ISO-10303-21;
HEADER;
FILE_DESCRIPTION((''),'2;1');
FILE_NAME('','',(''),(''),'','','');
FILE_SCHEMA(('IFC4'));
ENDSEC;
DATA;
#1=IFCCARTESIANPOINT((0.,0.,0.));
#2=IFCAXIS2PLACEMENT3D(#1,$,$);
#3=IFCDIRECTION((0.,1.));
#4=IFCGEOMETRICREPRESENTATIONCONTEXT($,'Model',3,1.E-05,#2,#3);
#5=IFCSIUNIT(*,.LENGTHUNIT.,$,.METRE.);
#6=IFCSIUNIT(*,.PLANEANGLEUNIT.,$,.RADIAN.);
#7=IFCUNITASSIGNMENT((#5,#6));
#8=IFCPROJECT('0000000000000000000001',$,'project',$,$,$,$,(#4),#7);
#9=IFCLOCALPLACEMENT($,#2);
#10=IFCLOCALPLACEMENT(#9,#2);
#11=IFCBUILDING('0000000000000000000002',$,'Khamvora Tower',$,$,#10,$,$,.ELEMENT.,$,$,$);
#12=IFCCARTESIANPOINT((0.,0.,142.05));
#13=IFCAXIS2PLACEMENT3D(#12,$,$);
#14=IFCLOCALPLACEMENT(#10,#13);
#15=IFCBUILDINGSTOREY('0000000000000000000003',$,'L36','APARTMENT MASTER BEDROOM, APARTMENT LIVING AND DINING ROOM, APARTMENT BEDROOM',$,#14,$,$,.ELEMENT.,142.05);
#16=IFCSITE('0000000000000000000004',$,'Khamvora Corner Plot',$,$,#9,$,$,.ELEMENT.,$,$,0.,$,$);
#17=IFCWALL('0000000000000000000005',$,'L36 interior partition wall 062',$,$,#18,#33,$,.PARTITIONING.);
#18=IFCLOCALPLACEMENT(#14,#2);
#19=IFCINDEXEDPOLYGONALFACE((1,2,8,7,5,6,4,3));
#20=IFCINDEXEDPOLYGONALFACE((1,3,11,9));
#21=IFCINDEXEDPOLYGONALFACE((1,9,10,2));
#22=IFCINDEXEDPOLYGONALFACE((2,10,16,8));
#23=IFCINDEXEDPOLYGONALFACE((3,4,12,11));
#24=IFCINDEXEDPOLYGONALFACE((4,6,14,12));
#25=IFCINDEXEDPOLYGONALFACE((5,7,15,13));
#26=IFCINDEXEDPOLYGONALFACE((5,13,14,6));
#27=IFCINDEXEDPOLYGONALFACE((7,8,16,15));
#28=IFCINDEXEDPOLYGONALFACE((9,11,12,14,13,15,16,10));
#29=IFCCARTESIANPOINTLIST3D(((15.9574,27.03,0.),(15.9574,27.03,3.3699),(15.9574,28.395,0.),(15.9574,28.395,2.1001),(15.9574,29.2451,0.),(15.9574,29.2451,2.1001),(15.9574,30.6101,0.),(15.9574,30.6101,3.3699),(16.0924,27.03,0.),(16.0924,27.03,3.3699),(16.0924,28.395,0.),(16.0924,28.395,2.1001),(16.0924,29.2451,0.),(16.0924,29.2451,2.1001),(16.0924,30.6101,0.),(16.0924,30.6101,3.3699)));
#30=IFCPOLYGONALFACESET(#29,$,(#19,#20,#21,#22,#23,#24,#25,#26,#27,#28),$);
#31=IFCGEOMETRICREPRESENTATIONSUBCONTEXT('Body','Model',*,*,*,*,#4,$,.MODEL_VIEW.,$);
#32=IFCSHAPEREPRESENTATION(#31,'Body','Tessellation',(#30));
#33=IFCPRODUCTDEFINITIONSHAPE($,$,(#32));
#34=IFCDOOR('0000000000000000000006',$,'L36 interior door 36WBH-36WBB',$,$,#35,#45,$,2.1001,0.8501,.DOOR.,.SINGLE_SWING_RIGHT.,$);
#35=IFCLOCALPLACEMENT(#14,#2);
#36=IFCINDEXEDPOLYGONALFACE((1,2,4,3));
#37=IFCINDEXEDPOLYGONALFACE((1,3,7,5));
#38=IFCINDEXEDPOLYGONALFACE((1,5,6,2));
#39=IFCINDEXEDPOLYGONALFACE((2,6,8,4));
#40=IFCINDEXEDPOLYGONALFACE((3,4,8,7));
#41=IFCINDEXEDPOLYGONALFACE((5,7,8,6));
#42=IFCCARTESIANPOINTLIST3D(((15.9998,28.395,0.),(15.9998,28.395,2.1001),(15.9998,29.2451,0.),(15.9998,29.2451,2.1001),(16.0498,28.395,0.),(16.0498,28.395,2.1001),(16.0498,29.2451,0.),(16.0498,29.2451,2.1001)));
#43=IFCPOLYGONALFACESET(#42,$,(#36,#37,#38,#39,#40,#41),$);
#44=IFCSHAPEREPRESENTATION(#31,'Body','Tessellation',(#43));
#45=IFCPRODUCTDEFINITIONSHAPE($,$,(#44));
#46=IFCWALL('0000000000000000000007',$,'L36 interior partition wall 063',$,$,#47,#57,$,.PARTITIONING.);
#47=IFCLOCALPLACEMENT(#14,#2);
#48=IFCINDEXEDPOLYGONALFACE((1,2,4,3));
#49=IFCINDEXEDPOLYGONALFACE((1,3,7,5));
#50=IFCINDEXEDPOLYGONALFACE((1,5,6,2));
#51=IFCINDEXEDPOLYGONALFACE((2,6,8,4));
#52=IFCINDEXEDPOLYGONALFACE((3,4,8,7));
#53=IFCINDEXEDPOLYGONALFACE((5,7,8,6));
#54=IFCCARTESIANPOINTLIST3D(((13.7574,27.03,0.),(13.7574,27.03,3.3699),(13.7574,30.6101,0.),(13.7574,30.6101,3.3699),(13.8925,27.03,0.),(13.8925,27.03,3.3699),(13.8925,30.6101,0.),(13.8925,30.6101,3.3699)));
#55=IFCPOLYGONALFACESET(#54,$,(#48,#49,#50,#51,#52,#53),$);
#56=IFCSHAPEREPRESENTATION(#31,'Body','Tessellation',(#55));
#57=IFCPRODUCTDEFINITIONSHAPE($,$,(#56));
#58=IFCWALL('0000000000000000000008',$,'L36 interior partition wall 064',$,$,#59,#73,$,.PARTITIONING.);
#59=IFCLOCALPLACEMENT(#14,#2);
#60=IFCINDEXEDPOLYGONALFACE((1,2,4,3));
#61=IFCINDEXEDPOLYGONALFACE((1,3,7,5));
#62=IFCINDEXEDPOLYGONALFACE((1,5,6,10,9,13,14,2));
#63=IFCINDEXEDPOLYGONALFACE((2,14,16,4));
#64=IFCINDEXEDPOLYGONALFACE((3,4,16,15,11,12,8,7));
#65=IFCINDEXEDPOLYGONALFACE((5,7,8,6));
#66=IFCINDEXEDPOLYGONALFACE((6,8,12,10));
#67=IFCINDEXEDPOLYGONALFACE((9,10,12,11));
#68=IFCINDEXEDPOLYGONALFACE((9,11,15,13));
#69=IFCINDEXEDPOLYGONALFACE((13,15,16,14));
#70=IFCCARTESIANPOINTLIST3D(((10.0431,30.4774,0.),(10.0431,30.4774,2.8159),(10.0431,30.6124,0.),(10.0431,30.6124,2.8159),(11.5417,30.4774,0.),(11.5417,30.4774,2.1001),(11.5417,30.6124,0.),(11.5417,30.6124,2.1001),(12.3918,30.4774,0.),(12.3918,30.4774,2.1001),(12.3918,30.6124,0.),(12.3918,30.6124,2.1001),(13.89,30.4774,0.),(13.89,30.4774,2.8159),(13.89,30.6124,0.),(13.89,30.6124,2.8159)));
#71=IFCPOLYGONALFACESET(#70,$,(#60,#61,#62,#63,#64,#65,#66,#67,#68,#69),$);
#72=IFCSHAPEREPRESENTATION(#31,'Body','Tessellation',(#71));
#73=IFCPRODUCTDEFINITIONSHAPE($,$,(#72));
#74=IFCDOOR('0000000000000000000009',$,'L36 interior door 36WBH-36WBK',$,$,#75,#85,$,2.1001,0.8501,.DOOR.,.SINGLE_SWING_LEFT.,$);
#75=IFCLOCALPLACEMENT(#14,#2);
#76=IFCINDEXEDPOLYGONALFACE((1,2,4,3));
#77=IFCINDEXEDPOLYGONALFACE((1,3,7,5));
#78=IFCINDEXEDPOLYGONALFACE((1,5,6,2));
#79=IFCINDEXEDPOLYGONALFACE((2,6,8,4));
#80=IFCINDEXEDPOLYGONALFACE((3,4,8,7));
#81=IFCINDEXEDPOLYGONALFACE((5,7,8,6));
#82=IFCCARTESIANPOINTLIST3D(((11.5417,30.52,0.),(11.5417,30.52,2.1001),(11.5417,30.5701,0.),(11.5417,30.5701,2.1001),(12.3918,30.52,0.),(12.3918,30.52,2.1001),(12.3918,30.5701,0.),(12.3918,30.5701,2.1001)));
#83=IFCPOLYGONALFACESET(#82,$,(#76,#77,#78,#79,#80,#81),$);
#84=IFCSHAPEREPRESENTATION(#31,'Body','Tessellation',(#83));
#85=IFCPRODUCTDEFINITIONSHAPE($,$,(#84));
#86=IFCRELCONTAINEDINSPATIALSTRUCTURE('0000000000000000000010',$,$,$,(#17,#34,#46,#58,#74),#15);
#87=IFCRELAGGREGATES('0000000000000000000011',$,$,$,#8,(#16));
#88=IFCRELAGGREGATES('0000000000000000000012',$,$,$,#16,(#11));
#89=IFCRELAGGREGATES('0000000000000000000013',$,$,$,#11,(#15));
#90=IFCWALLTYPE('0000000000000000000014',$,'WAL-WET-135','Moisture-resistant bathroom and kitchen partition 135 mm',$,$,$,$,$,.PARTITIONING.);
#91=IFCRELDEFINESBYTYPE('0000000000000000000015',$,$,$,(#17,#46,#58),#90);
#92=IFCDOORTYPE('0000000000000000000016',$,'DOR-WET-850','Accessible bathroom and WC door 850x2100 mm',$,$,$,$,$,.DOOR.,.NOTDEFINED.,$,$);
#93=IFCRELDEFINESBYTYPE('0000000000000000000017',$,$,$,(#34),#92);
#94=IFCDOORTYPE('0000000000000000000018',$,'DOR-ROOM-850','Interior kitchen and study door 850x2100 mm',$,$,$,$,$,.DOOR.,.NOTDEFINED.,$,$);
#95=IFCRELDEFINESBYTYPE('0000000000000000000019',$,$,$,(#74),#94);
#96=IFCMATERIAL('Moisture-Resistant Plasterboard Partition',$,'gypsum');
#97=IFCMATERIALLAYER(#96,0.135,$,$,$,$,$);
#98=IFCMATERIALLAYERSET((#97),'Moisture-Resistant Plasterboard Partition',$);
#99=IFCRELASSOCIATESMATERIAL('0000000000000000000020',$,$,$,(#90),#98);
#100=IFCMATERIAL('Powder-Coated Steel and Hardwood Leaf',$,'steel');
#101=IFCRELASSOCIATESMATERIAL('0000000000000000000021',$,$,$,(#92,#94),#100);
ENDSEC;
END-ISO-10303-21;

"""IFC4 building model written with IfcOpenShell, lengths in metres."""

from ifc_helpers import new_model, si_unit, direction, frame, frame_2d, origin, place, context, subcontext, project, spatial, rectangle, extrude, material, layer, layer_set, type_object, element, fill, save


model = new_model("IFC4")

# Units and contexts
model_context = context("Model", 3, precision=1e-05, world=origin(), true_north=direction((0.0, 1.0)))
body_context = subcontext(model_context, "Body", "Model", "MODEL_VIEW")
ifc_project = project(units=[si_unit("LENGTHUNIT", "METRE"), si_unit("PLANEANGLEUNIT", "RADIAN")], contexts=[model_context])

# Site, building, storey
site_placement = place(None, origin())
site = spatial("IfcSite", under=ifc_project, at=site_placement, Name="Khamvora Corner Plot", CompositionType="ELEMENT", RefElevation=0.0)
building_placement = place(site_placement, origin())
building = spatial("IfcBuilding", under=site, at=building_placement, Name="Khamvora Tower", CompositionType="ELEMENT")
storey_placement = place(building_placement, frame((0.0, 0.0, 142.05)))
storey = spatial("IfcBuildingStorey", under=building, at=storey_placement, Name="L36", Description="APARTMENT MASTER BEDROOM, APARTMENT LIVING AND DINING ROOM, APARTMENT BEDROOM", CompositionType="ELEMENT", Elevation=142.05)

# Shared definitions
ifc_material_1 = material(Name="Powder-Coated Steel and Hardwood Leaf", Category="steel")

# Shared definitions
ifc_material_2 = material(Name="Moisture-Resistant Plasterboard Partition", Category="gypsum")
ifc_layer_1 = layer(ifc_material_2, 0.135)
ifc_layer_set_1 = layer_set([ifc_layer_1], Name="Moisture-Resistant Plasterboard Partition")
wall_type_1 = type_object("IfcWallType", Name="WAL-WET-135", Description="Moisture-resistant bathroom and kitchen partition 135 mm", PredefinedType="PARTITIONING", material=ifc_layer_set_1)

# Wall, opening, door
wall_1_placement = place(storey_placement, frame((16.0249, 30.6101, 0.0), z_axis=(0.0, 0.0, 1.0), x_axis=(0.0, -1.0, 0.0)))
wall_1 = element("IfcWall", 1, at=wall_1_placement, inside=storey, type_object=wall_type_1, Name="L36 interior partition wall 062", PredefinedType="PARTITIONING", context=body_context, shape_type="SweptSolid", body=[
    extrude(rectangle(XDim=3.5801, YDim=0.135, at=frame_2d((1.79, 0.0))), origin(), (0.0, 0.0, 1.0), 3.3699),
])
opening_1_placement = place(wall_1_placement, frame((1.365, 0.0, 0.0)))
opening_1 = element("IfcOpeningElement", 2, at=opening_1_placement, cuts=wall_1, PredefinedType="OPENING", context=body_context, shape_type="SweptSolid", body=[
    extrude(rectangle(XDim=0.8501, YDim=2.1001, at=frame_2d((0.425, 1.05))), frame((0.0, 0.0774, 0.0), z_axis=(0.0, -1.0, 0.0), x_axis=(1.0, 0.0, 0.0)), (0.0, 0.0, 1.0), 0.155),
])
door_type_1 = type_object("IfcDoorType", Name="DOR-WET-850", Description="Accessible bathroom and WC door 850x2100 mm", OperationType="NOTDEFINED", PredefinedType="DOOR", material=ifc_material_1)
door_1_placement = place(opening_1_placement, origin())
door_1 = element("IfcDoor", 3, at=door_1_placement, inside=storey, type_object=door_type_1, Name="L36 interior door 36WBH-36WBB", OperationType="SINGLE_SWING_RIGHT", OverallHeight=2.1001, OverallWidth=0.8501, PredefinedType="DOOR", context=body_context, shape_type="SweptSolid", body=[
    extrude(rectangle(XDim=0.8501, YDim=2.1001, at=frame_2d((0.425, 1.05))), frame((0.0, 0.0249, 0.0), z_axis=(0.0, -1.0, 0.0), x_axis=(1.0, 0.0, 0.0)), (0.0, 0.0, 1.0), 0.05),
])
fill(opening_1, door_1)

# Wall
wall_2_placement = place(storey_placement, frame((13.825, 27.03, 0.0), z_axis=(0.0, 0.0, 1.0), x_axis=(0.0, 1.0, 0.0)))
element("IfcWall", 4, at=wall_2_placement, inside=storey, type_object=wall_type_1, Name="L36 interior partition wall 063", PredefinedType="PARTITIONING", context=body_context, shape_type="SweptSolid", body=[
    extrude(rectangle(XDim=3.5801, YDim=0.135, at=frame_2d((1.79, 0.0))), origin(), (0.0, 0.0, 1.0), 3.3699),
])

# Wall, opening, door
wall_3_placement = place(storey_placement, frame((13.8899, 30.5449, 0.0), z_axis=(0.0, 0.0, 1.0), x_axis=(-1.0, 0.0, 0.0)))
wall_3 = element("IfcWall", 5, at=wall_3_placement, inside=storey, type_object=wall_type_1, Name="L36 interior partition wall 064", PredefinedType="PARTITIONING", context=body_context, shape_type="SweptSolid", body=[
    extrude(rectangle(XDim=3.8469, YDim=0.135, at=frame_2d((1.9233, 0.0))), origin(), (0.0, 0.0, 1.0), 2.8159),
])
opening_2_placement = place(wall_3_placement, frame((1.498, 0.0, 0.0)))
opening_2 = element("IfcOpeningElement", 6, at=opening_2_placement, cuts=wall_3, PredefinedType="OPENING", context=body_context, shape_type="SweptSolid", body=[
    extrude(rectangle(XDim=0.8501, YDim=2.1001, at=frame_2d((0.425, 1.05))), frame((0.0, 0.0774, 0.0), z_axis=(0.0, -1.0, 0.0), x_axis=(1.0, 0.0, 0.0)), (0.0, 0.0, 1.0), 0.155),
])
door_type_2 = type_object("IfcDoorType", Name="DOR-ROOM-850", Description="Interior kitchen and study door 850x2100 mm", OperationType="NOTDEFINED", PredefinedType="DOOR", material=ifc_material_1)
door_2_placement = place(opening_2_placement, origin())
door_2 = element("IfcDoor", 7, at=door_2_placement, inside=storey, type_object=door_type_2, Name="L36 interior door 36WBH-36WBK", OperationType="SINGLE_SWING_LEFT", OverallHeight=2.1001, OverallWidth=0.8501, PredefinedType="DOOR", context=body_context, shape_type="SweptSolid", body=[
    extrude(rectangle(XDim=0.8501, YDim=2.1001, at=frame_2d((0.425, 1.05))), frame((0.0, 0.0249, 0.0), z_axis=(0.0, -1.0, 0.0), x_axis=(1.0, 0.0, 0.0)), (0.0, 0.0, 1.0), 0.05),
])
fill(opening_2, door_2)

save(model, "model.ifc")
